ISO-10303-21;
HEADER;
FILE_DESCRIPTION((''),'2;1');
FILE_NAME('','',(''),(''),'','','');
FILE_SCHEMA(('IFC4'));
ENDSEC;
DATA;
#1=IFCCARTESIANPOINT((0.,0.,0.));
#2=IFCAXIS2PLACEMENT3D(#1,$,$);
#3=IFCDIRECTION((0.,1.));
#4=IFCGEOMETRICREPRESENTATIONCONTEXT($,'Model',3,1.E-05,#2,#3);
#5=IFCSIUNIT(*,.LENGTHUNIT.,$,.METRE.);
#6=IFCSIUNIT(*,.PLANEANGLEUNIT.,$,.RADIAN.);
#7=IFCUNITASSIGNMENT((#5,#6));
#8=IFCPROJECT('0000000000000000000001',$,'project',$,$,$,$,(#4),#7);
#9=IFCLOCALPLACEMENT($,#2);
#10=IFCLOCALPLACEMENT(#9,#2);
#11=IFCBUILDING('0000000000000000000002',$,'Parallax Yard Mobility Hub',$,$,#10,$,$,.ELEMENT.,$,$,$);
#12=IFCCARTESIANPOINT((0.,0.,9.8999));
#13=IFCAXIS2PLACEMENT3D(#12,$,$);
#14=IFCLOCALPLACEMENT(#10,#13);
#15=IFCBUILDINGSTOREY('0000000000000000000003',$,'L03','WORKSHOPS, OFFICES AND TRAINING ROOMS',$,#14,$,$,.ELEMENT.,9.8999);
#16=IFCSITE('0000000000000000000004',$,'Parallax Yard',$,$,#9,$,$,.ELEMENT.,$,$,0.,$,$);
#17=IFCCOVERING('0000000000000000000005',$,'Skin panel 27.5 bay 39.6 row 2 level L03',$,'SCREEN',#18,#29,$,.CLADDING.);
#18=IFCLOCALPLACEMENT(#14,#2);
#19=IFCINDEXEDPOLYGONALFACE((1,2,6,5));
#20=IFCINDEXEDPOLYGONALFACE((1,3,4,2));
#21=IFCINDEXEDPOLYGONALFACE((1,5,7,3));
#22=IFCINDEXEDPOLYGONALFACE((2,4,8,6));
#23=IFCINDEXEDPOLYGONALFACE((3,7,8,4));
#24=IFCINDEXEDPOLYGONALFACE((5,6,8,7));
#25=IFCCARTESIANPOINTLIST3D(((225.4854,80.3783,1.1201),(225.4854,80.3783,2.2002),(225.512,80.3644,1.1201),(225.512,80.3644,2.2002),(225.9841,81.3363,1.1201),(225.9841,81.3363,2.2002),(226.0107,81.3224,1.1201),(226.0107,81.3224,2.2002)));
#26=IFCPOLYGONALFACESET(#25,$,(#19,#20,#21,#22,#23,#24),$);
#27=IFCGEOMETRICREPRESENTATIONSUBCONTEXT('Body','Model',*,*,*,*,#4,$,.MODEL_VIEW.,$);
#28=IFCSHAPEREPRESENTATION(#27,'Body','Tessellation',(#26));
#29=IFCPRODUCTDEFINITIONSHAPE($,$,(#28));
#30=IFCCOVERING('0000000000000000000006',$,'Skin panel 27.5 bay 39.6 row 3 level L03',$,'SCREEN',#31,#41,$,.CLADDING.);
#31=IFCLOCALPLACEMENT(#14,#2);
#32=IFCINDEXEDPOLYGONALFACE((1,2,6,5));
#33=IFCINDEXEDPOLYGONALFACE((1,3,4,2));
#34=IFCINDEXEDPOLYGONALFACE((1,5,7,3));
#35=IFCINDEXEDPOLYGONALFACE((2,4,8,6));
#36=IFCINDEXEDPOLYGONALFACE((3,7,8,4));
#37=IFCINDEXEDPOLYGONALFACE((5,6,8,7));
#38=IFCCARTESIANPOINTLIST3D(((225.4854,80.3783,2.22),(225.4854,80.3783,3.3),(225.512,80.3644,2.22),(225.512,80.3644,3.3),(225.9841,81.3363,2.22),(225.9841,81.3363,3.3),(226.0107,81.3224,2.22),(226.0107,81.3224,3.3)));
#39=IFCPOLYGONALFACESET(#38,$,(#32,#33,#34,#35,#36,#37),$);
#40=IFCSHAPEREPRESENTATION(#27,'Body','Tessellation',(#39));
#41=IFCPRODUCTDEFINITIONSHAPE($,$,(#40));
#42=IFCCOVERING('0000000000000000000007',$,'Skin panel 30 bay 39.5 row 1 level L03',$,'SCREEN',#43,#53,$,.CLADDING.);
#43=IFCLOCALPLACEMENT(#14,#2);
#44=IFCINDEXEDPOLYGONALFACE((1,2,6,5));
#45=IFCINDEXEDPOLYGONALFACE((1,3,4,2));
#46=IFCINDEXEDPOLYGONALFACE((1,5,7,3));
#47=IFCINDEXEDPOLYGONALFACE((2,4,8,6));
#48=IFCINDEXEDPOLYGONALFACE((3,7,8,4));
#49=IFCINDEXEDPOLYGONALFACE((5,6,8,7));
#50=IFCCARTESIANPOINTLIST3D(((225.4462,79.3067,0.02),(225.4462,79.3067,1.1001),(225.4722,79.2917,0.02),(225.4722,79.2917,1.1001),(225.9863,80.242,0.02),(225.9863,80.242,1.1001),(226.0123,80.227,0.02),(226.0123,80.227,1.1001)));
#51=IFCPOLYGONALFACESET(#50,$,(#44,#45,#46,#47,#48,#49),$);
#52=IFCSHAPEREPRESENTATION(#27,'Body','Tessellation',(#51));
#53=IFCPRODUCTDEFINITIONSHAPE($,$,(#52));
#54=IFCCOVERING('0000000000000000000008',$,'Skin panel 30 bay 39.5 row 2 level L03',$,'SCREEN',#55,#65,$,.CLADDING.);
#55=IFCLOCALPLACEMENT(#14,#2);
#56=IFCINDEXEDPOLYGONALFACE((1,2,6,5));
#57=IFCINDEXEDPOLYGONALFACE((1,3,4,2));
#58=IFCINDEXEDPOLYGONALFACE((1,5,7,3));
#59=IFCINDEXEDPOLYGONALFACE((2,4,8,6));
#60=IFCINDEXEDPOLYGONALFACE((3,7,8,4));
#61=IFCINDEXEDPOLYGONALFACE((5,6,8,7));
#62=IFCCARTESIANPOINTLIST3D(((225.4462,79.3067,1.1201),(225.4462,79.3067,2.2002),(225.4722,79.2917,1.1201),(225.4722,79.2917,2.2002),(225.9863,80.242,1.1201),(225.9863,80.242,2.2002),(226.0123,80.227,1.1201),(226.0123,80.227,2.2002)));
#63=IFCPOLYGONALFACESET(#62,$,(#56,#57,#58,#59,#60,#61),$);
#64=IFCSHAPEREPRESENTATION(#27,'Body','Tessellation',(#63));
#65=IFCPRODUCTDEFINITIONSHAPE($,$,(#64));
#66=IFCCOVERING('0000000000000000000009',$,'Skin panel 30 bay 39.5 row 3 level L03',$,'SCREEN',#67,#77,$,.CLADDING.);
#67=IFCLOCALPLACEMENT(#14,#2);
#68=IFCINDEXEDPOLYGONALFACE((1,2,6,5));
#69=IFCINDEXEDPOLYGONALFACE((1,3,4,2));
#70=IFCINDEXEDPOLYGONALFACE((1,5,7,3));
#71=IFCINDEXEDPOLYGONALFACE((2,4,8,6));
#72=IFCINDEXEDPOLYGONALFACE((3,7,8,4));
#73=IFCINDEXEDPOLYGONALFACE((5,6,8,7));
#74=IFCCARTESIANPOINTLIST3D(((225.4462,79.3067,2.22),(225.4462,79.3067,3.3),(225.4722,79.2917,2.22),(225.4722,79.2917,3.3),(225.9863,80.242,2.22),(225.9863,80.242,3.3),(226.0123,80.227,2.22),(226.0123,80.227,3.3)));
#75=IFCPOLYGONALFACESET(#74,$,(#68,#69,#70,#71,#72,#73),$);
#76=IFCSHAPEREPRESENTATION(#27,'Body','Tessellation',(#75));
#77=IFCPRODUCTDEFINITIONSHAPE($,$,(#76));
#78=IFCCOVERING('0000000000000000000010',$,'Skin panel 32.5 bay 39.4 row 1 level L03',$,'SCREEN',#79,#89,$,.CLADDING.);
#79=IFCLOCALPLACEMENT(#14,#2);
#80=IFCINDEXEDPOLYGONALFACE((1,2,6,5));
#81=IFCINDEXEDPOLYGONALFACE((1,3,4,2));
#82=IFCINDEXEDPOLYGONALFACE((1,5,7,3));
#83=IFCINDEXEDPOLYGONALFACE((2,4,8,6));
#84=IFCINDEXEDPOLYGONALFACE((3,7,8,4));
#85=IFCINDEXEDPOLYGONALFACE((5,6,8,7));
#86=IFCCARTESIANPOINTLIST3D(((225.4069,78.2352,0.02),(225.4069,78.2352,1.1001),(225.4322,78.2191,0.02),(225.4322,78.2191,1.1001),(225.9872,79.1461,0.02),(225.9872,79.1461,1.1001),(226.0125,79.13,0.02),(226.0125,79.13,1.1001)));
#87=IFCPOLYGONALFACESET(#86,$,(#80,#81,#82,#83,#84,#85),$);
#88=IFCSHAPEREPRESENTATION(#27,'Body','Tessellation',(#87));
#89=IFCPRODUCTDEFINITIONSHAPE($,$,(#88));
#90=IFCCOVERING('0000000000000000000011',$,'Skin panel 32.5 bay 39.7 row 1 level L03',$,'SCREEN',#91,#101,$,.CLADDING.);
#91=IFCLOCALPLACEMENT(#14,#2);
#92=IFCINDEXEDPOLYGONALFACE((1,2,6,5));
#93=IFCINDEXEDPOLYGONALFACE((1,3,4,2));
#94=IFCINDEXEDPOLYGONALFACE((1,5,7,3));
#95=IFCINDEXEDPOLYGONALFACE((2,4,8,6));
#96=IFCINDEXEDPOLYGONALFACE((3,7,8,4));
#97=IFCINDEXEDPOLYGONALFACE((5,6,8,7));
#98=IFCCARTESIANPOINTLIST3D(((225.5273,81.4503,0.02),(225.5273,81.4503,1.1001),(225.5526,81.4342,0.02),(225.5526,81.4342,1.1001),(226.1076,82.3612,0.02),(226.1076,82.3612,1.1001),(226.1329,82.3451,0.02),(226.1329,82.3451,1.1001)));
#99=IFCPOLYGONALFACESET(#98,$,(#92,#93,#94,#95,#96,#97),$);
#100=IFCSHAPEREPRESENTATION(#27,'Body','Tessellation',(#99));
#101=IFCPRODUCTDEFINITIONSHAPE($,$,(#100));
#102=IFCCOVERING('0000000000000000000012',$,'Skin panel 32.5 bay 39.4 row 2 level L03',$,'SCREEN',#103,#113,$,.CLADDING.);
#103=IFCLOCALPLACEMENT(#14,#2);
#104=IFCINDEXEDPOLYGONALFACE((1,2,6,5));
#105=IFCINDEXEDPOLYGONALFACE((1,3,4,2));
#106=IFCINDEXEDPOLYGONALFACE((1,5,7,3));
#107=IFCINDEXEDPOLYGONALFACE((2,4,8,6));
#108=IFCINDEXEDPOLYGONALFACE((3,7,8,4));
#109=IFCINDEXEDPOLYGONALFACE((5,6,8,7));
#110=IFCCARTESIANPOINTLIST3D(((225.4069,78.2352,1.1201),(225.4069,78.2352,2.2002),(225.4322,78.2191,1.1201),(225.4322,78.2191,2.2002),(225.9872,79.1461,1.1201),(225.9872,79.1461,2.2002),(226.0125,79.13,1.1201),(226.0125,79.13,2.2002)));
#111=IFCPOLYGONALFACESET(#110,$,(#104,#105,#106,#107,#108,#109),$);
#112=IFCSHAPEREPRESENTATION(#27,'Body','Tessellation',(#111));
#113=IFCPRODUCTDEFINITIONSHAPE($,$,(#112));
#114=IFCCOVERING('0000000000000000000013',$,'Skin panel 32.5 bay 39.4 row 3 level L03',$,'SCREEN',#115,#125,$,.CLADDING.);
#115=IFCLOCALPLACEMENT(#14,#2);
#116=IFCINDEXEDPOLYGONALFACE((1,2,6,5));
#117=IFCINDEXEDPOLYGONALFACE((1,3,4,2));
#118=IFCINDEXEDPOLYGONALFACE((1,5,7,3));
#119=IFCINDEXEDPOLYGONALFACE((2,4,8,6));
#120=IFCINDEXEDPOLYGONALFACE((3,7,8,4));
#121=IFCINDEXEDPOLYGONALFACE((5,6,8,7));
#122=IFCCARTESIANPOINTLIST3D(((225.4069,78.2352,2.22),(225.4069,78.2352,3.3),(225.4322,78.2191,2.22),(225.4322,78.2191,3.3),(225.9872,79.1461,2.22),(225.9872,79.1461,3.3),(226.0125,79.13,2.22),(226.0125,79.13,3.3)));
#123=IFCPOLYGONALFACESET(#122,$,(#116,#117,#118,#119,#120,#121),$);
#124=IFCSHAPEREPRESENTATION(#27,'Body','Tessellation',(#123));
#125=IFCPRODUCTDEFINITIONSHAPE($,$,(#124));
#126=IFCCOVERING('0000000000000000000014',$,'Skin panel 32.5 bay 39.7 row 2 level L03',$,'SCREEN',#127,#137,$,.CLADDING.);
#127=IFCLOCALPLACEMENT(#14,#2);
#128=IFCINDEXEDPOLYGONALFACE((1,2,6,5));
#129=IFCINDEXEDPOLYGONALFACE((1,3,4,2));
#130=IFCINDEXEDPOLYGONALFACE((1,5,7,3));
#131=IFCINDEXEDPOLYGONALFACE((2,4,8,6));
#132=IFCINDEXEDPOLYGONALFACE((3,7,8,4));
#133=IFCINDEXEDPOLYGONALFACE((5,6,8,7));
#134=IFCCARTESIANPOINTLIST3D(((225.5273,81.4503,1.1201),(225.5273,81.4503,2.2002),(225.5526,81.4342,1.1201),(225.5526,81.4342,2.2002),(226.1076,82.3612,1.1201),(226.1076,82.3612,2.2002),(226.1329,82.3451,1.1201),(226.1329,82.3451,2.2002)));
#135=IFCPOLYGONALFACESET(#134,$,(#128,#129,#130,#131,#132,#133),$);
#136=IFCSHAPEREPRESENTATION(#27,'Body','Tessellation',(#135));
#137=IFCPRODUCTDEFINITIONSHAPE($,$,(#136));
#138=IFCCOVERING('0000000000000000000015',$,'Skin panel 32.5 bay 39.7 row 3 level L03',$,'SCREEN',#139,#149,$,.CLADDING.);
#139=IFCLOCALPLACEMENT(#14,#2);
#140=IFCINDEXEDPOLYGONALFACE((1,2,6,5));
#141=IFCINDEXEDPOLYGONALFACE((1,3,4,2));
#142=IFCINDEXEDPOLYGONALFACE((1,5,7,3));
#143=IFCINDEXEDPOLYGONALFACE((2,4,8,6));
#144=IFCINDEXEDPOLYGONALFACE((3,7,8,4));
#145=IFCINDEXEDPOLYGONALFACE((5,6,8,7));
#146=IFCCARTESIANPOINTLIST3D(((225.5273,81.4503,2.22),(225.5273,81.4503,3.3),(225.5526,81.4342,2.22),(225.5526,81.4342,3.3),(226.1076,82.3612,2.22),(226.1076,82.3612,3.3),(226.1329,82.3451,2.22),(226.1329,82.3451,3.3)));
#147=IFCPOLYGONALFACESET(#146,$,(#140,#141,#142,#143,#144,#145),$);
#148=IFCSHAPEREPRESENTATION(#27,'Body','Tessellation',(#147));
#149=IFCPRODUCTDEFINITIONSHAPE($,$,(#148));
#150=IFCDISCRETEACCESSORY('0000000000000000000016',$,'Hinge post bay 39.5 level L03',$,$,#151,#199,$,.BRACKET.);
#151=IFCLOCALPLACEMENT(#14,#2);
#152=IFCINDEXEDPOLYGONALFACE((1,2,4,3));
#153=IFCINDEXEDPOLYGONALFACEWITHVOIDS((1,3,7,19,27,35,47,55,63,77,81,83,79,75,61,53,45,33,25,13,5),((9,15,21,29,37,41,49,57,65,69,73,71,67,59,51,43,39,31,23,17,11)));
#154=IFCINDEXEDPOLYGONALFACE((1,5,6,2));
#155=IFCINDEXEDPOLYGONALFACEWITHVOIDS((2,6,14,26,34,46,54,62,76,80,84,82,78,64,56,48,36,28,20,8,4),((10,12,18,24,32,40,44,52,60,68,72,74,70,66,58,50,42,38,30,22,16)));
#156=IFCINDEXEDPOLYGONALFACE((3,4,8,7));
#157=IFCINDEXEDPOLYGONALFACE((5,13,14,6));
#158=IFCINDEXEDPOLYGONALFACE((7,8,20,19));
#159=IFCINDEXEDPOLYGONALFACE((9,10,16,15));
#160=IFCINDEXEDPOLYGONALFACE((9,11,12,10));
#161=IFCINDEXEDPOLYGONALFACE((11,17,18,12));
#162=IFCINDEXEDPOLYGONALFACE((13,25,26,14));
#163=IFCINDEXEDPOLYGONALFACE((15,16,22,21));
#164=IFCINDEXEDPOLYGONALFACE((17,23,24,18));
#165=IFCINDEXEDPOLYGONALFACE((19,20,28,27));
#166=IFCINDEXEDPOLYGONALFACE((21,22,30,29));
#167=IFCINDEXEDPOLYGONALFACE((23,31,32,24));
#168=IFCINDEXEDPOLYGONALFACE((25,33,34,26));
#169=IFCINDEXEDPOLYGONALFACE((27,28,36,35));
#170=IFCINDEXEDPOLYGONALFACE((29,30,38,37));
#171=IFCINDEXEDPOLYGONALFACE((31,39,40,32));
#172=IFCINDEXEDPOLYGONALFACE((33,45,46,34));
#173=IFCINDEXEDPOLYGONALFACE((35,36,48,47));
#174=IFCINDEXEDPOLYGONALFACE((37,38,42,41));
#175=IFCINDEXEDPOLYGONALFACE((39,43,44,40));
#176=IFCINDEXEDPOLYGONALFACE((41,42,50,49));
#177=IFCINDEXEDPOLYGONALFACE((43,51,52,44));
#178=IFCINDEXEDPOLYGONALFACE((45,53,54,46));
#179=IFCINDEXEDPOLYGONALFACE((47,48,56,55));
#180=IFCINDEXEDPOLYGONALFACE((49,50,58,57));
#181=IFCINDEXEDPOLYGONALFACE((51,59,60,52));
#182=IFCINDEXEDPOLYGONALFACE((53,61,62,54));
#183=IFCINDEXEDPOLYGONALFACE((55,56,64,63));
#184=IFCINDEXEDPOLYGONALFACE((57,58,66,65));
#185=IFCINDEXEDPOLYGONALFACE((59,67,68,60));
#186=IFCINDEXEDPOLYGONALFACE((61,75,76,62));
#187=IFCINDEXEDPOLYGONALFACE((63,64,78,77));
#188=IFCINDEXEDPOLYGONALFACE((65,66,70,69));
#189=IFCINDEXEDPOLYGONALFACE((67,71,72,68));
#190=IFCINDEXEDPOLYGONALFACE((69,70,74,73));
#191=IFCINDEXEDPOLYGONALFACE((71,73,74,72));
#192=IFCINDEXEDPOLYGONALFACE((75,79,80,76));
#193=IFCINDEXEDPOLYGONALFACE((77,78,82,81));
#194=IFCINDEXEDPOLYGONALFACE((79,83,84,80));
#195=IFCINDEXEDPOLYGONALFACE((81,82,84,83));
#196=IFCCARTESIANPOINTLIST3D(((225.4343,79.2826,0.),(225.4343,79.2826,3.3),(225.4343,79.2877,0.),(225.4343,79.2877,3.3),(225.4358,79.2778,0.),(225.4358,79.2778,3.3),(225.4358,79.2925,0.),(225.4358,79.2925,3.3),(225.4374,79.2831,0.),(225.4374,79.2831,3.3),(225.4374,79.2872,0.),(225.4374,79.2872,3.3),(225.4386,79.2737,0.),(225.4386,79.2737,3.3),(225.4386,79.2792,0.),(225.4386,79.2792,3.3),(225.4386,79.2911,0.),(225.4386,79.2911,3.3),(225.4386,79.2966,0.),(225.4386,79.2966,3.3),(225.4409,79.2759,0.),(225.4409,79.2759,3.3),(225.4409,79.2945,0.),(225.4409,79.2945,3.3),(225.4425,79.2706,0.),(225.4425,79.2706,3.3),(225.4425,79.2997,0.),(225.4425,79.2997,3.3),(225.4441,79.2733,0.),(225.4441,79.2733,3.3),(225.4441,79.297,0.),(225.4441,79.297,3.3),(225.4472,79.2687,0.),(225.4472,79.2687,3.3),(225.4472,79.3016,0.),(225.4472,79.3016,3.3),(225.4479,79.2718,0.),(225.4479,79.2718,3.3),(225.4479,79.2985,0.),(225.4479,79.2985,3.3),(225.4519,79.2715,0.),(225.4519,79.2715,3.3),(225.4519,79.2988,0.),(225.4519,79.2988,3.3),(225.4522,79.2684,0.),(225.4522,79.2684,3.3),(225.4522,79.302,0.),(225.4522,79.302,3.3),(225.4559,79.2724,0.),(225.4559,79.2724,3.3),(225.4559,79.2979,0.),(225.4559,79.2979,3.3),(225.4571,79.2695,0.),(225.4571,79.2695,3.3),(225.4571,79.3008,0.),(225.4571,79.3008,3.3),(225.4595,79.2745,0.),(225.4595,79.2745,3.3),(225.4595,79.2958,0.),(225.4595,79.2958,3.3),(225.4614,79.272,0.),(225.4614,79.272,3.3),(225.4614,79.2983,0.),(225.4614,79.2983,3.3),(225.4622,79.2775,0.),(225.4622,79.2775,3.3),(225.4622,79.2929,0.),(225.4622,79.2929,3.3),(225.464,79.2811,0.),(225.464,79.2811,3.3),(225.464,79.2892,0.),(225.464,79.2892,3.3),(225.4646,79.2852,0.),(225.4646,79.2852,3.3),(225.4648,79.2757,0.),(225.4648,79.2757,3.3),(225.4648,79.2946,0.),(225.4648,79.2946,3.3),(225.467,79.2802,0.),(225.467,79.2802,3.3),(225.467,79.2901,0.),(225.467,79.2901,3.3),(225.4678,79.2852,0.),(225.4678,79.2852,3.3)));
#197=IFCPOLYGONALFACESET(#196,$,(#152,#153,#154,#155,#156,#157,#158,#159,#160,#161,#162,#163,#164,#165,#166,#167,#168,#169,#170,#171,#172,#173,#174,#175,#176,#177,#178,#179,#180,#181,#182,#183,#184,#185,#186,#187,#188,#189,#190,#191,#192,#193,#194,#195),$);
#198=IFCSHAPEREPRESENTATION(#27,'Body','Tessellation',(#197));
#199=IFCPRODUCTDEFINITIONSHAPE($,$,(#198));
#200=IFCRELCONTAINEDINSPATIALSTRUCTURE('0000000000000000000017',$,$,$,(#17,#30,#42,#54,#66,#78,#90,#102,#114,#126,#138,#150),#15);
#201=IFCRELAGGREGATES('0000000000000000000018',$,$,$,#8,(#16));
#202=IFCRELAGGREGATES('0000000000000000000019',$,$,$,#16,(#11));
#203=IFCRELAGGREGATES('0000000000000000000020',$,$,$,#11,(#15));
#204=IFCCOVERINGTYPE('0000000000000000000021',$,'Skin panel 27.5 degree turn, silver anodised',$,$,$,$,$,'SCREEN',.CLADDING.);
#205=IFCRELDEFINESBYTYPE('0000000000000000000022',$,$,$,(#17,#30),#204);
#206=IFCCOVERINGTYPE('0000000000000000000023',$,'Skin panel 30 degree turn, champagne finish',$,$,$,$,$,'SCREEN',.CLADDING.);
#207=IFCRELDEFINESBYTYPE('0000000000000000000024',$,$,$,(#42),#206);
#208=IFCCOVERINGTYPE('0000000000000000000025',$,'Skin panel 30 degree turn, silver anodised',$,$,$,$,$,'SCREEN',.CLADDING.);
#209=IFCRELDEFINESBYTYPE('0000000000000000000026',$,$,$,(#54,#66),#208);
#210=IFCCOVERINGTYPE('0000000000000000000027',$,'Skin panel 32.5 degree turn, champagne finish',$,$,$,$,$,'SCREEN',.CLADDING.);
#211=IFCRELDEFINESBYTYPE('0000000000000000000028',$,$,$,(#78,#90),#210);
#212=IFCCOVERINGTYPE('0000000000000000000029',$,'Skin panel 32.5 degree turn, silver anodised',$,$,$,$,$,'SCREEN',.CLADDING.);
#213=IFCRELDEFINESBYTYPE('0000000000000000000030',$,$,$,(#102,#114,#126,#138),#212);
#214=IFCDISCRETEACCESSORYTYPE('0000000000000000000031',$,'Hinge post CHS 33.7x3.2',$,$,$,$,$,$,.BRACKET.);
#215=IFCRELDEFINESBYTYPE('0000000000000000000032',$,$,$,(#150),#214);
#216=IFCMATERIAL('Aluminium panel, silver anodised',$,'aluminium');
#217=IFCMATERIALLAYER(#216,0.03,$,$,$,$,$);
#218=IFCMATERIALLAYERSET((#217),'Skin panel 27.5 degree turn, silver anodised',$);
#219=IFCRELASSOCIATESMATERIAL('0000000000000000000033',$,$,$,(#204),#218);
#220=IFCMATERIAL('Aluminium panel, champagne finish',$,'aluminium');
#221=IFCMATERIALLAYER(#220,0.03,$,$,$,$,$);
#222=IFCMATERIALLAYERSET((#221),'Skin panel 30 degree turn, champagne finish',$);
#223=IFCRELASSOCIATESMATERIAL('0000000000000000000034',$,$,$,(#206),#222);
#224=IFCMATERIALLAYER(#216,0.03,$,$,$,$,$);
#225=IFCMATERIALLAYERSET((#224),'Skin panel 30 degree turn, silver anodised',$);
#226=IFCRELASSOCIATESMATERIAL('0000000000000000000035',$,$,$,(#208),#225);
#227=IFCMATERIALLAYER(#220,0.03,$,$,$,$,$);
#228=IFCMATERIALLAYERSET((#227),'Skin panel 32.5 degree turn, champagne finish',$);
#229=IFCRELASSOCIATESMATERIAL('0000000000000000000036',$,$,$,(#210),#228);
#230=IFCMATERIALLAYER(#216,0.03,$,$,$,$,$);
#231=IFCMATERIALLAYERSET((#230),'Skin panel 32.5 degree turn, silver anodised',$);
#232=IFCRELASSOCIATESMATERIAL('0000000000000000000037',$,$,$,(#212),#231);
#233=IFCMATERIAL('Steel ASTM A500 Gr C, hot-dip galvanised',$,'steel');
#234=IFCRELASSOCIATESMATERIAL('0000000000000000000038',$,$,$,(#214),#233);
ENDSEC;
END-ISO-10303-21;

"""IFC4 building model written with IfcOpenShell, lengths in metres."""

from ifc_helpers import new_model, si_unit, direction, frame, origin, origin_2d, place, context, subcontext, project, spatial, rectangle, hollow_circle, extrude, material, layer, layer_set, material_profile, profile_set, type_object, element, save


model = new_model("IFC4")

# Units and contexts
model_context = context("Model", 3, precision=1e-05, world=origin(), true_north=direction((0.0, 1.0)))
body_context = subcontext(model_context, "Body", "Model", "MODEL_VIEW")
ifc_project = project(units=[si_unit("LENGTHUNIT", "METRE"), si_unit("PLANEANGLEUNIT", "RADIAN")], contexts=[model_context])

# Site, building, storey
site_placement = place(None, origin())
site = spatial("IfcSite", under=ifc_project, at=site_placement, Name="Parallax Yard", CompositionType="ELEMENT", RefElevation=0.0)
building_placement = place(site_placement, origin())
building = spatial("IfcBuilding", under=site, at=building_placement, Name="Parallax Yard Mobility Hub", CompositionType="ELEMENT")
storey_placement = place(building_placement, frame((0.0, 0.0, 9.8999)))
storey = spatial("IfcBuildingStorey", under=building, at=storey_placement, Name="L03", Description="WORKSHOPS, OFFICES AND TRAINING ROOMS", CompositionType="ELEMENT", Elevation=9.8999)

# Coverings
ifc_material_1 = material(Name="Aluminium panel, champagne finish", Category="aluminium")
ifc_material_2 = material(Name="Aluminium panel, silver anodised", Category="aluminium")
ifc_layer_1 = layer(ifc_material_2, 0.03)
ifc_layer_set_1 = layer_set([ifc_layer_1], Name="Skin panel 27.5 degree turn, silver anodised")
covering_type_1 = type_object("IfcCoveringType", Name="Skin panel 27.5 degree turn, silver anodised", ElementType="SCREEN", PredefinedType="CLADDING", material=ifc_layer_set_1)
for number, where, z_axis, x_axis, name in (
    (1, (225.748, 80.8503, 1.1201), (0.0, 0.0, 1.0), (0.461749, 0.887011, 0.0), "Skin panel 27.5 bay 39.6 row 2 level L03"),
    (2, (225.748, 80.8503, 2.22), (0.0, 0.0, 1.0), (0.461749, 0.887011, 0.0), "Skin panel 27.5 bay 39.6 row 3 level L03"),
):
    element("IfcCovering", number, at=place(storey_placement, frame(where, z_axis=z_axis, x_axis=x_axis)), inside=storey, type_object=covering_type_1, Name=name, ObjectType="SCREEN", PredefinedType="CLADDING", context=body_context, shape_type="SweptSolid", body=[
        extrude(rectangle(XDim=1.0801, YDim=0.03, at=origin_2d()), origin(), (0.0, 0.0, 1.0), 1.0801),
    ])
ifc_layer_2 = layer(ifc_material_1, 0.03)
ifc_layer_set_2 = layer_set([ifc_layer_2], Name="Skin panel 30 degree turn, champagne finish")
covering_type_2 = type_object("IfcCoveringType", Name="Skin panel 30 degree turn, champagne finish", ElementType="SCREEN", PredefinedType="CLADDING", material=ifc_layer_set_2)
covering_1_placement = place(storey_placement, frame((225.7292, 79.7668, 0.02), z_axis=(0.0, 0.0, 1.0), x_axis=(0.5, 0.866025, 0.0)))
element("IfcCovering", 3, at=covering_1_placement, inside=storey, type_object=covering_type_2, Name="Skin panel 30 bay 39.5 row 1 level L03", ObjectType="SCREEN", PredefinedType="CLADDING", context=body_context, shape_type="SweptSolid", body=[
    extrude(rectangle(XDim=1.0801, YDim=0.03, at=origin_2d()), origin(), (0.0, 0.0, 1.0), 1.0801),
])
ifc_layer_3 = layer(ifc_material_2, 0.03)
ifc_layer_set_3 = layer_set([ifc_layer_3], Name="Skin panel 30 degree turn, silver anodised")
covering_type_3 = type_object("IfcCoveringType", Name="Skin panel 30 degree turn, silver anodised", ElementType="SCREEN", PredefinedType="CLADDING", material=ifc_layer_set_3)
for number, where, z_axis, x_axis, name in (
    (4, (225.7292, 79.7668, 1.1201), (0.0, 0.0, 1.0), (0.5, 0.866025, 0.0), "Skin panel 30 bay 39.5 row 2 level L03"),
    (5, (225.7292, 79.7668, 2.22), (0.0, 0.0, 1.0), (0.5, 0.866025, 0.0), "Skin panel 30 bay 39.5 row 3 level L03"),
):
    element("IfcCovering", number, at=place(storey_placement, frame(where, z_axis=z_axis, x_axis=x_axis)), inside=storey, type_object=covering_type_3, Name=name, ObjectType="SCREEN", PredefinedType="CLADDING", context=body_context, shape_type="SweptSolid", body=[
        extrude(rectangle(XDim=1.0801, YDim=0.03, at=origin_2d()), origin(), (0.0, 0.0, 1.0), 1.0801),
    ])
ifc_layer_4 = layer(ifc_material_1, 0.03)
ifc_layer_set_4 = layer_set([ifc_layer_4], Name="Skin panel 32.5 degree turn, champagne finish")
covering_type_4 = type_object("IfcCoveringType", Name="Skin panel 32.5 degree turn, champagne finish", ElementType="SCREEN", PredefinedType="CLADDING", material=ifc_layer_set_4)
for number, where, z_axis, x_axis, name in (
    (6, (225.7097, 78.6826, 0.02), (0.0, 0.0, 1.0), (0.5373, 0.843391, 0.0), "Skin panel 32.5 bay 39.4 row 1 level L03"),
    (7, (225.8301, 81.8977, 0.02), (0.0, 0.0, 1.0), (0.5373, 0.843391, 0.0), "Skin panel 32.5 bay 39.7 row 1 level L03"),
):
    element("IfcCovering", number, at=place(storey_placement, frame(where, z_axis=z_axis, x_axis=x_axis)), inside=storey, type_object=covering_type_4, Name=name, ObjectType="SCREEN", PredefinedType="CLADDING", context=body_context, shape_type="SweptSolid", body=[
        extrude(rectangle(XDim=1.0801, YDim=0.03, at=origin_2d()), origin(), (0.0, 0.0, 1.0), 1.0801),
    ])
ifc_layer_5 = layer(ifc_material_2, 0.03)
ifc_layer_set_5 = layer_set([ifc_layer_5], Name="Skin panel 32.5 degree turn, silver anodised")
covering_type_5 = type_object("IfcCoveringType", Name="Skin panel 32.5 degree turn, silver anodised", ElementType="SCREEN", PredefinedType="CLADDING", material=ifc_layer_set_5)
for number, where, z_axis, x_axis, name in (
    (8, (225.7097, 78.6826, 1.1201), (0.0, 0.0, 1.0), (0.5373, 0.843391, 0.0), "Skin panel 32.5 bay 39.4 row 2 level L03"),
    (9, (225.7097, 78.6826, 2.22), (0.0, 0.0, 1.0), (0.5373, 0.843391, 0.0), "Skin panel 32.5 bay 39.4 row 3 level L03"),
    (10, (225.8301, 81.8977, 1.1201), (0.0, 0.0, 1.0), (0.5373, 0.843391, 0.0), "Skin panel 32.5 bay 39.7 row 2 level L03"),
    (11, (225.8301, 81.8977, 2.22), (0.0, 0.0, 1.0), (0.5373, 0.843391, 0.0), "Skin panel 32.5 bay 39.7 row 3 level L03"),
):
    element("IfcCovering", number, at=place(storey_placement, frame(where, z_axis=z_axis, x_axis=x_axis)), inside=storey, type_object=covering_type_5, Name=name, ObjectType="SCREEN", PredefinedType="CLADDING", context=body_context, shape_type="SweptSolid", body=[
        extrude(rectangle(XDim=1.0801, YDim=0.03, at=origin_2d()), origin(), (0.0, 0.0, 1.0), 1.0801),
    ])

# Discrete accessory
ifc_material_3 = material(Name="Steel ASTM A500 Gr C, hot-dip galvanised", Category="steel")
ifc_material_profile = material_profile(ifc_material_3, hollow_circle(Radius=0.0168, WallThickness=0.0032, at=origin_2d()), Name="CHS 33.7x3.2")
ifc_profile_set = profile_set([ifc_material_profile], Name="Steel ASTM A500 Gr C, hot-dip galvanised")
discrete_accessory_type = type_object("IfcDiscreteAccessoryType", Name="Hinge post CHS 33.7x3.2", PredefinedType="BRACKET", material=ifc_profile_set)
for number, where, z_axis, x_axis, name in (
    (12, (225.4509, 79.2852, 0.0), (0.0, 0.0, 1.0), (1.0, 0.0, 0.0), "Hinge post bay 39.5 level L03"),
):
    element("IfcDiscreteAccessory", number, at=place(storey_placement, frame(where, z_axis=z_axis, x_axis=x_axis)), inside=storey, type_object=discrete_accessory_type, Name=name, PredefinedType="BRACKET", context=body_context, shape_type="SweptSolid", body=[
        extrude(hollow_circle(Radius=0.0168, WallThickness=0.0032, at=origin_2d()), origin(), (0.0, 0.0, 1.0), 3.3),
    ])

save(model, "model.ifc")
